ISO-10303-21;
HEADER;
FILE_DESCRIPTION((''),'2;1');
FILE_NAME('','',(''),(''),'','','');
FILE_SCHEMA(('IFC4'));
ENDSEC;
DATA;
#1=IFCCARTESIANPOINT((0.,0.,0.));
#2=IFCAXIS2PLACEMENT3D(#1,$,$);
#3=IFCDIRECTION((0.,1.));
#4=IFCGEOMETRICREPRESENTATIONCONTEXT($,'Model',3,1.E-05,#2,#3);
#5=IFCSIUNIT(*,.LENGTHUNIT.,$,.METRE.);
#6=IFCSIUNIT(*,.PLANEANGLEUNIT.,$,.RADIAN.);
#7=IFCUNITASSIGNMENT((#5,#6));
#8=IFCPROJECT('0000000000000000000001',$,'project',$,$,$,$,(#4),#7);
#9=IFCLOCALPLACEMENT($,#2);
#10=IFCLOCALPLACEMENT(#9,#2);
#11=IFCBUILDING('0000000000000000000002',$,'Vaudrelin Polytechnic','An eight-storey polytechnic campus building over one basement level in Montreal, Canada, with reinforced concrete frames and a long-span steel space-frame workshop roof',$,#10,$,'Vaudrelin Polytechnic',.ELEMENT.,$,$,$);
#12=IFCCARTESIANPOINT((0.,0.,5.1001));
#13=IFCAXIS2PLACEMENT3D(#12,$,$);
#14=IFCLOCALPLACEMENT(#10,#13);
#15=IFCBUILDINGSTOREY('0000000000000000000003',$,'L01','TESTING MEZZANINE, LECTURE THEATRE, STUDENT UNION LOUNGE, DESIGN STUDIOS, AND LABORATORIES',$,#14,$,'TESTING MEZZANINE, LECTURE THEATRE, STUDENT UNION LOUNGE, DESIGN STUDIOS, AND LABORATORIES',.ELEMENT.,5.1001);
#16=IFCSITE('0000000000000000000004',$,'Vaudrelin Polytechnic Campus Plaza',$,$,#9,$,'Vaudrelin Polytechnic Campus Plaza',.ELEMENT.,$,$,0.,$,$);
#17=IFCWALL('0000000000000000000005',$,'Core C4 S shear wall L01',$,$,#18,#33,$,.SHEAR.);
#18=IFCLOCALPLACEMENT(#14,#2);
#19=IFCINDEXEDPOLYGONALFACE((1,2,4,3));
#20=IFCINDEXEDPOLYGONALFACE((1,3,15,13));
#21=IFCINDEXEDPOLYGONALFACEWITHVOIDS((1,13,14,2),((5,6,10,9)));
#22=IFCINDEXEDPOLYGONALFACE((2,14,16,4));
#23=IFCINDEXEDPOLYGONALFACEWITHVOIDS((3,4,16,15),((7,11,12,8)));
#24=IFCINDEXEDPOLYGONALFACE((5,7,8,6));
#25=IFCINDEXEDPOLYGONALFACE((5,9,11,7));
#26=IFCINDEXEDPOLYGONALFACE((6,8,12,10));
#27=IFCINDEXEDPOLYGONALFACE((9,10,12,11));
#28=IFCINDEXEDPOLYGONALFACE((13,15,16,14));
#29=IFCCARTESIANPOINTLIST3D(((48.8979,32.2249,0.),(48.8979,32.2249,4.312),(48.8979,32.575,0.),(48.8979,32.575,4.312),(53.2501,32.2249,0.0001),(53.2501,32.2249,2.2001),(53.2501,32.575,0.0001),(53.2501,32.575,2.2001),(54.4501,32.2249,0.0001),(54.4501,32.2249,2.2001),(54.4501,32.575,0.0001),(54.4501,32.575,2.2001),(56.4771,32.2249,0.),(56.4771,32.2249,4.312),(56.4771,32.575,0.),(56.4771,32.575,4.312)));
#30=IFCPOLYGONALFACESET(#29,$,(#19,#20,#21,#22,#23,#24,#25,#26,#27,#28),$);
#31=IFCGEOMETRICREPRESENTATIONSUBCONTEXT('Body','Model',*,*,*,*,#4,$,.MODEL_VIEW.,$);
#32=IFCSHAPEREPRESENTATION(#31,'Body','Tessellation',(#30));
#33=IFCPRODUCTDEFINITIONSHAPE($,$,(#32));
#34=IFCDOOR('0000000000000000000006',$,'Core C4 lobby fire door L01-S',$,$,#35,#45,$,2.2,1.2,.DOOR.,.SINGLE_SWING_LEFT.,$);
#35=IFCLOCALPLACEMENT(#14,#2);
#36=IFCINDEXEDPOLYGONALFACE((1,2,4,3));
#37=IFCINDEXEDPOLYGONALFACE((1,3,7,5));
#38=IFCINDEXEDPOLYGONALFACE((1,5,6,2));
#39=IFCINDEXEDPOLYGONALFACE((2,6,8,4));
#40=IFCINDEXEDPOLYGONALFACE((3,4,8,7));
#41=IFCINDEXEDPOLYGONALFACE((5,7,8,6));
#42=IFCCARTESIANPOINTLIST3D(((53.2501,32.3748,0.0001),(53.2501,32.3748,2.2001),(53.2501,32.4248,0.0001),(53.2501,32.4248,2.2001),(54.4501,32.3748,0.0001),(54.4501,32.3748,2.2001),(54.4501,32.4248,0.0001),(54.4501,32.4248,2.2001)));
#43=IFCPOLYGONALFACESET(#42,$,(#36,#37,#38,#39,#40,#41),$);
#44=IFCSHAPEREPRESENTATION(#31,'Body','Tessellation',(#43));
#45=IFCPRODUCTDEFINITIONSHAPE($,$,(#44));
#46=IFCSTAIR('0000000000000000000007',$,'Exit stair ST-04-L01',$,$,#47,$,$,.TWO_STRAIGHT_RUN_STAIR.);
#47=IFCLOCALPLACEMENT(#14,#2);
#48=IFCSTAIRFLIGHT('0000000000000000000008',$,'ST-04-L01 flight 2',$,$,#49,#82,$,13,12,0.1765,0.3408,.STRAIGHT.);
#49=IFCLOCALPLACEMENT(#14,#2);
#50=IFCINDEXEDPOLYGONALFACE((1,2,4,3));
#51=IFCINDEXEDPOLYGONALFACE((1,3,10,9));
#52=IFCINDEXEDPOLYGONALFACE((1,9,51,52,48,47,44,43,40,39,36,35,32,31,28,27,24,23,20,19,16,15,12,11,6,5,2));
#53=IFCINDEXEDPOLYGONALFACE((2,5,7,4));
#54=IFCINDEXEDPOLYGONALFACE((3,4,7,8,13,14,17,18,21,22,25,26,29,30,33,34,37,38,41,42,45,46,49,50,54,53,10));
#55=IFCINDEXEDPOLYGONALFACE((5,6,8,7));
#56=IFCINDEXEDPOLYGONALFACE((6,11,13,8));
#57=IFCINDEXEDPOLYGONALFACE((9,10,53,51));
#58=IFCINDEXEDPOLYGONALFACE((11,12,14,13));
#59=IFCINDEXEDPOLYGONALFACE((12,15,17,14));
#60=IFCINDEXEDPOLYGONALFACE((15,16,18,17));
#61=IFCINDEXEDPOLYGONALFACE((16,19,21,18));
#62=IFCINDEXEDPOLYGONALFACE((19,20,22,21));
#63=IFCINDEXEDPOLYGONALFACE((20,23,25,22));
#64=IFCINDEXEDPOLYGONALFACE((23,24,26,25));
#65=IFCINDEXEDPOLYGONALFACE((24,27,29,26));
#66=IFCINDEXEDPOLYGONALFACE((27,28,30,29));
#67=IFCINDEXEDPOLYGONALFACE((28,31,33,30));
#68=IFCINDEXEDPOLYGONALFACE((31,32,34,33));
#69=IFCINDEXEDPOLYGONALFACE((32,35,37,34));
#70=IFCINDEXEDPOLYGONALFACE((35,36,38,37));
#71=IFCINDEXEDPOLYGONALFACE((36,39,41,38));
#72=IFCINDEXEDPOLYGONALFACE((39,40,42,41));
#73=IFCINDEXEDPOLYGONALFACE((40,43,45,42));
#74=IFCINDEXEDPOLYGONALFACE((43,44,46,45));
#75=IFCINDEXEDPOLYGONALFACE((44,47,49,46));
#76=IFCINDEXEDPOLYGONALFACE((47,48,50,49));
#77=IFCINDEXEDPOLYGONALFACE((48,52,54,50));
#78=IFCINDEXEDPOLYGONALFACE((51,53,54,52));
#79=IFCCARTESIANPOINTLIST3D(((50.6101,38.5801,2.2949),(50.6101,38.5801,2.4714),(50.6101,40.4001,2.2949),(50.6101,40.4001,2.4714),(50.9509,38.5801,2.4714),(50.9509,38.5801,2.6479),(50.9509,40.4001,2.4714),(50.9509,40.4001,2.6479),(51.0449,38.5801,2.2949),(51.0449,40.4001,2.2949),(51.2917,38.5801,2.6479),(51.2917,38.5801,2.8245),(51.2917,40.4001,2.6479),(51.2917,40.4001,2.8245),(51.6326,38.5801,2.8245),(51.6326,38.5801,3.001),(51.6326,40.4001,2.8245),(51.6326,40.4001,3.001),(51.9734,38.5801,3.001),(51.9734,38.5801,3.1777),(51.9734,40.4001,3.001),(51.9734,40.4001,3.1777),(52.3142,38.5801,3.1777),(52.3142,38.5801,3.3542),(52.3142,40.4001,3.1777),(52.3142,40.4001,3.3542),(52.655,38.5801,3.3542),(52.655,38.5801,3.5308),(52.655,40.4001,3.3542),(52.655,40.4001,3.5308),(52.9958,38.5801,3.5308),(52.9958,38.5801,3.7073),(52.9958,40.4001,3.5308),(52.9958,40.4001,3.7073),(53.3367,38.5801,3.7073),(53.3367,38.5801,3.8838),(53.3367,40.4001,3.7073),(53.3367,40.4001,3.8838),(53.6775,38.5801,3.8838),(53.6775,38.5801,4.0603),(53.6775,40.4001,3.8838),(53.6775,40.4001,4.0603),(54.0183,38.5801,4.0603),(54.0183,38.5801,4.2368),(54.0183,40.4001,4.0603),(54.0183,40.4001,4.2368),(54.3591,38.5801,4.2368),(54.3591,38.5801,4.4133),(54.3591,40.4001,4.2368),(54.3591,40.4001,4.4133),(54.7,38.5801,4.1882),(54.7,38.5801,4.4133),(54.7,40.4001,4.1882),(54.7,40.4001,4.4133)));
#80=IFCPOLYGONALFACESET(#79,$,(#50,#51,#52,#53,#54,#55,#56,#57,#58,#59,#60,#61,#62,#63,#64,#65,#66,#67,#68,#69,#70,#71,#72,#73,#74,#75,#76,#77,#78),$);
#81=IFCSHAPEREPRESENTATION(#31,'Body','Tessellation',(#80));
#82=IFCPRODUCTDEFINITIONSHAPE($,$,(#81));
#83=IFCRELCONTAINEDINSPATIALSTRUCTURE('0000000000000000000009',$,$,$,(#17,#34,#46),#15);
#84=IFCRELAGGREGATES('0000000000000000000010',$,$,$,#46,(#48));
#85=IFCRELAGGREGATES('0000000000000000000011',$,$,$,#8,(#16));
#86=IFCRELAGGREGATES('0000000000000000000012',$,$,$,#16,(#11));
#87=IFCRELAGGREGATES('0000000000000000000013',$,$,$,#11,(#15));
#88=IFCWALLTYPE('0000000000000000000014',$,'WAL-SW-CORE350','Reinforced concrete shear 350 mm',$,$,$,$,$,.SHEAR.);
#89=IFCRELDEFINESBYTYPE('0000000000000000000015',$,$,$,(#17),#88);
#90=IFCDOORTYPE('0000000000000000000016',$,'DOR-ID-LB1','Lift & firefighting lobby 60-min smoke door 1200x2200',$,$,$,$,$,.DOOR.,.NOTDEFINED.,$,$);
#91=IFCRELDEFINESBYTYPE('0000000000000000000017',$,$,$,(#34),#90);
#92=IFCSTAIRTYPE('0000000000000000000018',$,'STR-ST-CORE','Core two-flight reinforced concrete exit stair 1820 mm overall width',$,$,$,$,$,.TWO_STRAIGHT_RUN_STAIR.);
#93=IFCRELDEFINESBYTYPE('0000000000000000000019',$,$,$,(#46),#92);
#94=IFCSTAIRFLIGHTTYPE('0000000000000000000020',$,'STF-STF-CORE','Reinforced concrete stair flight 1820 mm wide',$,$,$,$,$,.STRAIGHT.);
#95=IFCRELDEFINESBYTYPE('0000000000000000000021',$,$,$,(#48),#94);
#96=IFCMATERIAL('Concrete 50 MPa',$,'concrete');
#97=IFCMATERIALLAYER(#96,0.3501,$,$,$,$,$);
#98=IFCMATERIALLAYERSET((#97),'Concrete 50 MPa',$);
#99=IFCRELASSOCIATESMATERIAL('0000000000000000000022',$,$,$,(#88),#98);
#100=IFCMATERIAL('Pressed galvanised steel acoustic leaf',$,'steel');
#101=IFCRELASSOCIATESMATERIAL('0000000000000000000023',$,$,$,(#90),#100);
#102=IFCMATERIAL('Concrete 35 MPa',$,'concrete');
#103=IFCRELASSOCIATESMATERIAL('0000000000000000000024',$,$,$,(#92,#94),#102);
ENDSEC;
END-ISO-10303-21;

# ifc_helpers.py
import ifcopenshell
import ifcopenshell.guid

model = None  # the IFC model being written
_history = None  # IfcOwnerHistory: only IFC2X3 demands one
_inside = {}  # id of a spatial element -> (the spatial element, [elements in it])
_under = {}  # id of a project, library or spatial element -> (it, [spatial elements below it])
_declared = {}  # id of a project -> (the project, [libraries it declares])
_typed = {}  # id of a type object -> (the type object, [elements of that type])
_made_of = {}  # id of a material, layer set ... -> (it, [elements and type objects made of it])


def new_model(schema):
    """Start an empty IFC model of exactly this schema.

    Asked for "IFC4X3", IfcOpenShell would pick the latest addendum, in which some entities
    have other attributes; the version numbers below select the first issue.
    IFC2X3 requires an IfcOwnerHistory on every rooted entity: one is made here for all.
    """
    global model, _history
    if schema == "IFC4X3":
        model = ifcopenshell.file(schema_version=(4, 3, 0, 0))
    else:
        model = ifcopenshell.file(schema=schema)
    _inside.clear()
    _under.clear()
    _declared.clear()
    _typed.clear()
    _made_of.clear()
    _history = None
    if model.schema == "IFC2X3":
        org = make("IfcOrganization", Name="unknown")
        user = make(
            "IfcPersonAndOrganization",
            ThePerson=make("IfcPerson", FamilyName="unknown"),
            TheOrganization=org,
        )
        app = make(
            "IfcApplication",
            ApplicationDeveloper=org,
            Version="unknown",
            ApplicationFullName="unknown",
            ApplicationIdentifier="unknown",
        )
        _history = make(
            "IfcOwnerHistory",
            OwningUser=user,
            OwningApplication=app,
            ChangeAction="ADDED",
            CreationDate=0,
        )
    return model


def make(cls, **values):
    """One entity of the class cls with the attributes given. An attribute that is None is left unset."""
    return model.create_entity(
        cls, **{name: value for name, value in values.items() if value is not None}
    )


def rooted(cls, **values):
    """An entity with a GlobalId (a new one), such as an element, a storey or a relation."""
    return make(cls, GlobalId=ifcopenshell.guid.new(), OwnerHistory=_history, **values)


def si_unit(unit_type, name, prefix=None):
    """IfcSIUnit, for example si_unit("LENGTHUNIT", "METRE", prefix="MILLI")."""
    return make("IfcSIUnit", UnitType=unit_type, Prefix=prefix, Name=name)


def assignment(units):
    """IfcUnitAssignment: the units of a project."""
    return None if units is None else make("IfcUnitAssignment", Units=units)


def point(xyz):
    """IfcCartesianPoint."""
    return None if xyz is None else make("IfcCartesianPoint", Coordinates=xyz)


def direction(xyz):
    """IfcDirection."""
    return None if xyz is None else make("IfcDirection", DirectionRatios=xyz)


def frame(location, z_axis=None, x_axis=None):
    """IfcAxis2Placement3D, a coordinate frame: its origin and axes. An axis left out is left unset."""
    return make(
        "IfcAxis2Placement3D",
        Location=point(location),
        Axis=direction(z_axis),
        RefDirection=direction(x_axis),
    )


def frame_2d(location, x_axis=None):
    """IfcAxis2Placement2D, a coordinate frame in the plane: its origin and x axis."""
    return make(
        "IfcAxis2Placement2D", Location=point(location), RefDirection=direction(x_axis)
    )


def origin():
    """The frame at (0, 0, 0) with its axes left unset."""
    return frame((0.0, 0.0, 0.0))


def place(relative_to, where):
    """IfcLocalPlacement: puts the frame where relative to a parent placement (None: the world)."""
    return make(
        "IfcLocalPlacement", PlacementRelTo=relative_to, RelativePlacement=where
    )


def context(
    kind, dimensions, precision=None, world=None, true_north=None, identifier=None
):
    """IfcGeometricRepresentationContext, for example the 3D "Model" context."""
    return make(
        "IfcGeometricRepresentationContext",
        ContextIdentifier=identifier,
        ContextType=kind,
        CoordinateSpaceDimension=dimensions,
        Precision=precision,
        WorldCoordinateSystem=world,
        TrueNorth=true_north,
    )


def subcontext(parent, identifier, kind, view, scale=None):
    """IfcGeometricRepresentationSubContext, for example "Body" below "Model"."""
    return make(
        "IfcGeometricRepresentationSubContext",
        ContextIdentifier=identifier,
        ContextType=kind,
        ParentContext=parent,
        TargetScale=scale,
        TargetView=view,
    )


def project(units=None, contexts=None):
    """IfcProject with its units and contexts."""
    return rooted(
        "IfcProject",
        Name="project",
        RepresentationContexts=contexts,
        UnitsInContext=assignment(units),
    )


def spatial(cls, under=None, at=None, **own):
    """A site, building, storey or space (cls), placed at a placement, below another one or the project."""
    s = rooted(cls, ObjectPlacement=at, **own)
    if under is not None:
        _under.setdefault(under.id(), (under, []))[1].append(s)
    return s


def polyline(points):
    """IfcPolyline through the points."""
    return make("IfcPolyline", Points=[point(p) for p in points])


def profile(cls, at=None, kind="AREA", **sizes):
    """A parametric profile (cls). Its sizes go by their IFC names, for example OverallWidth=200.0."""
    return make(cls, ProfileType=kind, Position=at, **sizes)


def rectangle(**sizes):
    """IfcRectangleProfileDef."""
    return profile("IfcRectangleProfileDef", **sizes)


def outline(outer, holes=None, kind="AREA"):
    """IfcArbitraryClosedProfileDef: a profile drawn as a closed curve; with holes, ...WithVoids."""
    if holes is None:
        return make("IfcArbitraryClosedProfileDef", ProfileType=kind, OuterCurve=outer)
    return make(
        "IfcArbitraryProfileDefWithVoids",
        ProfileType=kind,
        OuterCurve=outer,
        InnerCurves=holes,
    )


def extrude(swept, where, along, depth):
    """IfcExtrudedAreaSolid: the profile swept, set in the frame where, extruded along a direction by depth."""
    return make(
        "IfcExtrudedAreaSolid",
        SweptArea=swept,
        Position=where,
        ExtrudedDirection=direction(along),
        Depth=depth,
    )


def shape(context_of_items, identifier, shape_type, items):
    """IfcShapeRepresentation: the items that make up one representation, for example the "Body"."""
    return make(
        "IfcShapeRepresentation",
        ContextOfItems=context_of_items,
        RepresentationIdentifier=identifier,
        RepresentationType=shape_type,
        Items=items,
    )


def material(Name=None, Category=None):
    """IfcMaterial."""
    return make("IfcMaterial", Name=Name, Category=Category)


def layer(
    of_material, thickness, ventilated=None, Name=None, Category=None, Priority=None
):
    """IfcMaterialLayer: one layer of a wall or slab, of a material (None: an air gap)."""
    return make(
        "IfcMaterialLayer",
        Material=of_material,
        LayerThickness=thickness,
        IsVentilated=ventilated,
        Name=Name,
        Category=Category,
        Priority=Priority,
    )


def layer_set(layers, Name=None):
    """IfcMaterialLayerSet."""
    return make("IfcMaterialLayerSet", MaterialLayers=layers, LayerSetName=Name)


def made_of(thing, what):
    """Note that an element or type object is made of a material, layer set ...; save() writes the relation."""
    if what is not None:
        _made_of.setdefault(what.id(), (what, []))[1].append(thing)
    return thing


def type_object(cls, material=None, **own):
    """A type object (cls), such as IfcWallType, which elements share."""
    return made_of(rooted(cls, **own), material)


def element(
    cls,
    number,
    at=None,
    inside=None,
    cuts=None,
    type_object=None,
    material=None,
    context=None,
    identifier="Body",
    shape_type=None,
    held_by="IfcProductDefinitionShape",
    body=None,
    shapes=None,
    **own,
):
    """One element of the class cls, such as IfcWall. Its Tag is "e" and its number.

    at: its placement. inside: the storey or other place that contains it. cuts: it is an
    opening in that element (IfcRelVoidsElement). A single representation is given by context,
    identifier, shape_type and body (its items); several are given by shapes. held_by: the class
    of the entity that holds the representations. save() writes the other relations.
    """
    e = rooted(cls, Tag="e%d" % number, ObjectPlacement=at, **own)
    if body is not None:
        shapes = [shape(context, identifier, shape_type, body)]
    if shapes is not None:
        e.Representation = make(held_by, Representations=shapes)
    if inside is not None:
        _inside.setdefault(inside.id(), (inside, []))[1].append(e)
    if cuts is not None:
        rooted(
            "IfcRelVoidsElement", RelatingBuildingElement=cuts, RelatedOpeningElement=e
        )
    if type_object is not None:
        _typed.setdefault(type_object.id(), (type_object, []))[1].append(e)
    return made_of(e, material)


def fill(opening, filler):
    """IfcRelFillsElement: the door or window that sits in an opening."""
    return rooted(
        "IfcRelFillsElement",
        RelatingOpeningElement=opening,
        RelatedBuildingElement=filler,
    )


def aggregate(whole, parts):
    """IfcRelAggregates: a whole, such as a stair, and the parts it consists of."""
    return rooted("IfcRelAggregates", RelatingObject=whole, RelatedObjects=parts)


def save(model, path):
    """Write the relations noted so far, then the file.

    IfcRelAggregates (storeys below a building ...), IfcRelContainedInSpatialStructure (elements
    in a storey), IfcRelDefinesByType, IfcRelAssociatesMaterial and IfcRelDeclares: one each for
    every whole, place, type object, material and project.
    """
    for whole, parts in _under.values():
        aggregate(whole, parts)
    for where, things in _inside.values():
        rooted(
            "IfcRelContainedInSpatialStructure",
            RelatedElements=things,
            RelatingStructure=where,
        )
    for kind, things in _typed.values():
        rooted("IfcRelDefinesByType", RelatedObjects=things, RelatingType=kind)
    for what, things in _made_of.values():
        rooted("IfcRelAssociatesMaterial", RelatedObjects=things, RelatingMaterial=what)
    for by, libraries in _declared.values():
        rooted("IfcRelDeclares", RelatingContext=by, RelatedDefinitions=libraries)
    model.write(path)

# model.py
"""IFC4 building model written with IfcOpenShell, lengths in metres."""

from ifc_helpers import new_model, si_unit, direction, frame, frame_2d, origin, place, context, subcontext, project, spatial, polyline, rectangle, outline, extrude, material, layer, layer_set, type_object, element, fill, aggregate, save


model = new_model("IFC4")

# Units and contexts
model_context = context("Model", 3, precision=1e-05, world=origin(), true_north=direction((0.0, 1.0)))
body_context = subcontext(model_context, "Body", "Model", "MODEL_VIEW")
ifc_project = project(units=[si_unit("LENGTHUNIT", "METRE"), si_unit("PLANEANGLEUNIT", "RADIAN")], contexts=[model_context])

# Site, building, storey
site_placement = place(None, origin())
site = spatial("IfcSite", under=ifc_project, at=site_placement, Name="Vaudrelin Polytechnic Campus Plaza", LongName="Vaudrelin Polytechnic Campus Plaza", CompositionType="ELEMENT", RefElevation=0.0)
building_placement = place(site_placement, origin())
building = spatial("IfcBuilding", under=site, at=building_placement, Name="Vaudrelin Polytechnic", Description="An eight-storey polytechnic campus building over one basement level in Montreal, Canada, with reinforced concrete frames and a long-span steel space-frame workshop roof", LongName="Vaudrelin Polytechnic", CompositionType="ELEMENT")
storey_placement = place(building_placement, frame((0.0, 0.0, 5.1001)))
storey = spatial("IfcBuildingStorey", under=building, at=storey_placement, Name="L01", Description="TESTING MEZZANINE, LECTURE THEATRE, STUDENT UNION LOUNGE, DESIGN STUDIOS, AND LABORATORIES", LongName="TESTING MEZZANINE, LECTURE THEATRE, STUDENT UNION LOUNGE, DESIGN STUDIOS, AND LABORATORIES", CompositionType="ELEMENT", Elevation=5.1001)

# Shared definitions
ifc_material_1 = material(Name="Pressed galvanised steel acoustic leaf", Category="steel")

# Shared definitions
ifc_material_2 = material(Name="Concrete 50 MPa", Category="concrete")
ifc_layer_1 = layer(ifc_material_2, 0.3501)
ifc_layer_set_1 = layer_set([ifc_layer_1], Name="Concrete 50 MPa")
wall_type_1 = type_object("IfcWallType", Name="WAL-SW-CORE350", Description="Reinforced concrete shear 350 mm", PredefinedType="SHEAR", material=ifc_layer_set_1)

# Wall, opening, door
wall_1_placement = place(storey_placement, frame((48.8979, 32.3999, 0.0), z_axis=(0.0, 0.0, 1.0), x_axis=(1.0, 0.0, 0.0)))
wall_1 = element("IfcWall", 1, at=wall_1_placement, inside=storey, type_object=wall_type_1, Name="Core C4 S shear wall L01", PredefinedType="SHEAR", context=body_context, shape_type="SweptSolid", body=[
    extrude(rectangle(XDim=7.5791, YDim=0.3501, at=frame_2d((3.7896, 0.0))), origin(), (0.0, 0.0, 1.0), 4.312),
])
opening_1_placement = place(wall_1_placement, frame((4.3521, 0.0, 0.0)))
opening_1 = element("IfcOpeningElement", 2, at=opening_1_placement, cuts=wall_1, PredefinedType="OPENING", context=body_context, shape_type="SweptSolid", body=[
    extrude(rectangle(XDim=1.2, YDim=2.2, at=frame_2d((0.6001, 1.1001))), frame((0.0, 0.1851, 0.0), z_axis=(0.0, -1.0, 0.0), x_axis=(1.0, 0.0, 0.0)), (0.0, 0.0, 1.0), 0.3701),
])
door_type_1 = type_object("IfcDoorType", Name="DOR-ID-LB1", Description="Lift & firefighting lobby 60-min smoke door 1200x2200", OperationType="NOTDEFINED", PredefinedType="DOOR", material=ifc_material_1)
door_1_placement = place(opening_1_placement, origin())
door_1 = element("IfcDoor", 3, at=door_1_placement, inside=storey, type_object=door_type_1, Name="Core C4 lobby fire door L01-S", OperationType="SINGLE_SWING_LEFT", OverallHeight=2.2, OverallWidth=1.2, PredefinedType="DOOR", context=body_context, shape_type="SweptSolid", body=[
    extrude(rectangle(XDim=1.2, YDim=2.2, at=frame_2d((0.6001, 1.1001))), frame((0.0, 0.0249, 0.0), z_axis=(0.0, -1.0, 0.0), x_axis=(1.0, 0.0, 0.0)), (0.0, 0.0, 1.0), 0.05),
])
fill(opening_1, door_1)

# Stair, stair flight
ifc_material_3 = material(Name="Concrete 35 MPa", Category="concrete")
stair_type = type_object("IfcStairType", Name="STR-ST-CORE", Description="Core two-flight reinforced concrete exit stair 1820 mm overall width", PredefinedType="TWO_STRAIGHT_RUN_STAIR", material=ifc_material_3)
stair_placement = place(storey_placement, origin())
stair = element("IfcStair", 4, at=stair_placement, inside=storey, type_object=stair_type, Name="Exit stair ST-04-L01", PredefinedType="TWO_STRAIGHT_RUN_STAIR")
stair_flight_type = type_object("IfcStairFlightType", Name="STF-STF-CORE", Description="Reinforced concrete stair flight 1820 mm wide", PredefinedType="STRAIGHT", material=ifc_material_3)
stair_flight_placement = place(storey_placement, frame((50.6101, 39.49, 2.2949), z_axis=(0.0, 0.0, 1.0), x_axis=(1.0, 0.0, 0.0)))
stair_flight = element("IfcStairFlight", 5, at=stair_flight_placement, type_object=stair_flight_type, Name="ST-04-L01 flight 2", NumberOfRisers=13, NumberOfTreads=12, PredefinedType="STRAIGHT", RiserHeight=0.1765, TreadLength=0.3408, context=body_context, shape_type="SweptSolid", body=[
    extrude(outline(polyline([(0.0, 0.0), (0.0, 0.1765), (0.3408, 0.1765), (0.3408, 0.353), (0.6816, 0.353), (0.6816, 0.5295), (1.0225, 0.5295), (1.0225, 0.7061), (1.3633, 0.7061), (1.3633, 0.8828), (1.7041, 0.8828), (1.7041, 1.0593), (2.0449, 1.0593), (2.0449, 1.2358), (2.3857, 1.2358), (2.3857, 1.4124), (2.7266, 1.4124), (2.7266, 1.5889), (3.0674, 1.5889), (3.0674, 1.7654), (3.4082, 1.7654), (3.4082, 1.9419), (3.749, 1.9419), (3.749, 2.1184), (4.0898, 2.1184), (4.0898, 2.2949), (4.0898, 1.8933), (0.4348, 0.0), (0.0, 0.0)])), frame((0.0, 0.9102, 0.0), z_axis=(0.0, -1.0, 0.0), x_axis=(1.0, 0.0, 0.0)), (0.0, 0.0, 1.0), 1.8201),
])
aggregate(stair, [stair_flight])

save(model, "model.ifc")
